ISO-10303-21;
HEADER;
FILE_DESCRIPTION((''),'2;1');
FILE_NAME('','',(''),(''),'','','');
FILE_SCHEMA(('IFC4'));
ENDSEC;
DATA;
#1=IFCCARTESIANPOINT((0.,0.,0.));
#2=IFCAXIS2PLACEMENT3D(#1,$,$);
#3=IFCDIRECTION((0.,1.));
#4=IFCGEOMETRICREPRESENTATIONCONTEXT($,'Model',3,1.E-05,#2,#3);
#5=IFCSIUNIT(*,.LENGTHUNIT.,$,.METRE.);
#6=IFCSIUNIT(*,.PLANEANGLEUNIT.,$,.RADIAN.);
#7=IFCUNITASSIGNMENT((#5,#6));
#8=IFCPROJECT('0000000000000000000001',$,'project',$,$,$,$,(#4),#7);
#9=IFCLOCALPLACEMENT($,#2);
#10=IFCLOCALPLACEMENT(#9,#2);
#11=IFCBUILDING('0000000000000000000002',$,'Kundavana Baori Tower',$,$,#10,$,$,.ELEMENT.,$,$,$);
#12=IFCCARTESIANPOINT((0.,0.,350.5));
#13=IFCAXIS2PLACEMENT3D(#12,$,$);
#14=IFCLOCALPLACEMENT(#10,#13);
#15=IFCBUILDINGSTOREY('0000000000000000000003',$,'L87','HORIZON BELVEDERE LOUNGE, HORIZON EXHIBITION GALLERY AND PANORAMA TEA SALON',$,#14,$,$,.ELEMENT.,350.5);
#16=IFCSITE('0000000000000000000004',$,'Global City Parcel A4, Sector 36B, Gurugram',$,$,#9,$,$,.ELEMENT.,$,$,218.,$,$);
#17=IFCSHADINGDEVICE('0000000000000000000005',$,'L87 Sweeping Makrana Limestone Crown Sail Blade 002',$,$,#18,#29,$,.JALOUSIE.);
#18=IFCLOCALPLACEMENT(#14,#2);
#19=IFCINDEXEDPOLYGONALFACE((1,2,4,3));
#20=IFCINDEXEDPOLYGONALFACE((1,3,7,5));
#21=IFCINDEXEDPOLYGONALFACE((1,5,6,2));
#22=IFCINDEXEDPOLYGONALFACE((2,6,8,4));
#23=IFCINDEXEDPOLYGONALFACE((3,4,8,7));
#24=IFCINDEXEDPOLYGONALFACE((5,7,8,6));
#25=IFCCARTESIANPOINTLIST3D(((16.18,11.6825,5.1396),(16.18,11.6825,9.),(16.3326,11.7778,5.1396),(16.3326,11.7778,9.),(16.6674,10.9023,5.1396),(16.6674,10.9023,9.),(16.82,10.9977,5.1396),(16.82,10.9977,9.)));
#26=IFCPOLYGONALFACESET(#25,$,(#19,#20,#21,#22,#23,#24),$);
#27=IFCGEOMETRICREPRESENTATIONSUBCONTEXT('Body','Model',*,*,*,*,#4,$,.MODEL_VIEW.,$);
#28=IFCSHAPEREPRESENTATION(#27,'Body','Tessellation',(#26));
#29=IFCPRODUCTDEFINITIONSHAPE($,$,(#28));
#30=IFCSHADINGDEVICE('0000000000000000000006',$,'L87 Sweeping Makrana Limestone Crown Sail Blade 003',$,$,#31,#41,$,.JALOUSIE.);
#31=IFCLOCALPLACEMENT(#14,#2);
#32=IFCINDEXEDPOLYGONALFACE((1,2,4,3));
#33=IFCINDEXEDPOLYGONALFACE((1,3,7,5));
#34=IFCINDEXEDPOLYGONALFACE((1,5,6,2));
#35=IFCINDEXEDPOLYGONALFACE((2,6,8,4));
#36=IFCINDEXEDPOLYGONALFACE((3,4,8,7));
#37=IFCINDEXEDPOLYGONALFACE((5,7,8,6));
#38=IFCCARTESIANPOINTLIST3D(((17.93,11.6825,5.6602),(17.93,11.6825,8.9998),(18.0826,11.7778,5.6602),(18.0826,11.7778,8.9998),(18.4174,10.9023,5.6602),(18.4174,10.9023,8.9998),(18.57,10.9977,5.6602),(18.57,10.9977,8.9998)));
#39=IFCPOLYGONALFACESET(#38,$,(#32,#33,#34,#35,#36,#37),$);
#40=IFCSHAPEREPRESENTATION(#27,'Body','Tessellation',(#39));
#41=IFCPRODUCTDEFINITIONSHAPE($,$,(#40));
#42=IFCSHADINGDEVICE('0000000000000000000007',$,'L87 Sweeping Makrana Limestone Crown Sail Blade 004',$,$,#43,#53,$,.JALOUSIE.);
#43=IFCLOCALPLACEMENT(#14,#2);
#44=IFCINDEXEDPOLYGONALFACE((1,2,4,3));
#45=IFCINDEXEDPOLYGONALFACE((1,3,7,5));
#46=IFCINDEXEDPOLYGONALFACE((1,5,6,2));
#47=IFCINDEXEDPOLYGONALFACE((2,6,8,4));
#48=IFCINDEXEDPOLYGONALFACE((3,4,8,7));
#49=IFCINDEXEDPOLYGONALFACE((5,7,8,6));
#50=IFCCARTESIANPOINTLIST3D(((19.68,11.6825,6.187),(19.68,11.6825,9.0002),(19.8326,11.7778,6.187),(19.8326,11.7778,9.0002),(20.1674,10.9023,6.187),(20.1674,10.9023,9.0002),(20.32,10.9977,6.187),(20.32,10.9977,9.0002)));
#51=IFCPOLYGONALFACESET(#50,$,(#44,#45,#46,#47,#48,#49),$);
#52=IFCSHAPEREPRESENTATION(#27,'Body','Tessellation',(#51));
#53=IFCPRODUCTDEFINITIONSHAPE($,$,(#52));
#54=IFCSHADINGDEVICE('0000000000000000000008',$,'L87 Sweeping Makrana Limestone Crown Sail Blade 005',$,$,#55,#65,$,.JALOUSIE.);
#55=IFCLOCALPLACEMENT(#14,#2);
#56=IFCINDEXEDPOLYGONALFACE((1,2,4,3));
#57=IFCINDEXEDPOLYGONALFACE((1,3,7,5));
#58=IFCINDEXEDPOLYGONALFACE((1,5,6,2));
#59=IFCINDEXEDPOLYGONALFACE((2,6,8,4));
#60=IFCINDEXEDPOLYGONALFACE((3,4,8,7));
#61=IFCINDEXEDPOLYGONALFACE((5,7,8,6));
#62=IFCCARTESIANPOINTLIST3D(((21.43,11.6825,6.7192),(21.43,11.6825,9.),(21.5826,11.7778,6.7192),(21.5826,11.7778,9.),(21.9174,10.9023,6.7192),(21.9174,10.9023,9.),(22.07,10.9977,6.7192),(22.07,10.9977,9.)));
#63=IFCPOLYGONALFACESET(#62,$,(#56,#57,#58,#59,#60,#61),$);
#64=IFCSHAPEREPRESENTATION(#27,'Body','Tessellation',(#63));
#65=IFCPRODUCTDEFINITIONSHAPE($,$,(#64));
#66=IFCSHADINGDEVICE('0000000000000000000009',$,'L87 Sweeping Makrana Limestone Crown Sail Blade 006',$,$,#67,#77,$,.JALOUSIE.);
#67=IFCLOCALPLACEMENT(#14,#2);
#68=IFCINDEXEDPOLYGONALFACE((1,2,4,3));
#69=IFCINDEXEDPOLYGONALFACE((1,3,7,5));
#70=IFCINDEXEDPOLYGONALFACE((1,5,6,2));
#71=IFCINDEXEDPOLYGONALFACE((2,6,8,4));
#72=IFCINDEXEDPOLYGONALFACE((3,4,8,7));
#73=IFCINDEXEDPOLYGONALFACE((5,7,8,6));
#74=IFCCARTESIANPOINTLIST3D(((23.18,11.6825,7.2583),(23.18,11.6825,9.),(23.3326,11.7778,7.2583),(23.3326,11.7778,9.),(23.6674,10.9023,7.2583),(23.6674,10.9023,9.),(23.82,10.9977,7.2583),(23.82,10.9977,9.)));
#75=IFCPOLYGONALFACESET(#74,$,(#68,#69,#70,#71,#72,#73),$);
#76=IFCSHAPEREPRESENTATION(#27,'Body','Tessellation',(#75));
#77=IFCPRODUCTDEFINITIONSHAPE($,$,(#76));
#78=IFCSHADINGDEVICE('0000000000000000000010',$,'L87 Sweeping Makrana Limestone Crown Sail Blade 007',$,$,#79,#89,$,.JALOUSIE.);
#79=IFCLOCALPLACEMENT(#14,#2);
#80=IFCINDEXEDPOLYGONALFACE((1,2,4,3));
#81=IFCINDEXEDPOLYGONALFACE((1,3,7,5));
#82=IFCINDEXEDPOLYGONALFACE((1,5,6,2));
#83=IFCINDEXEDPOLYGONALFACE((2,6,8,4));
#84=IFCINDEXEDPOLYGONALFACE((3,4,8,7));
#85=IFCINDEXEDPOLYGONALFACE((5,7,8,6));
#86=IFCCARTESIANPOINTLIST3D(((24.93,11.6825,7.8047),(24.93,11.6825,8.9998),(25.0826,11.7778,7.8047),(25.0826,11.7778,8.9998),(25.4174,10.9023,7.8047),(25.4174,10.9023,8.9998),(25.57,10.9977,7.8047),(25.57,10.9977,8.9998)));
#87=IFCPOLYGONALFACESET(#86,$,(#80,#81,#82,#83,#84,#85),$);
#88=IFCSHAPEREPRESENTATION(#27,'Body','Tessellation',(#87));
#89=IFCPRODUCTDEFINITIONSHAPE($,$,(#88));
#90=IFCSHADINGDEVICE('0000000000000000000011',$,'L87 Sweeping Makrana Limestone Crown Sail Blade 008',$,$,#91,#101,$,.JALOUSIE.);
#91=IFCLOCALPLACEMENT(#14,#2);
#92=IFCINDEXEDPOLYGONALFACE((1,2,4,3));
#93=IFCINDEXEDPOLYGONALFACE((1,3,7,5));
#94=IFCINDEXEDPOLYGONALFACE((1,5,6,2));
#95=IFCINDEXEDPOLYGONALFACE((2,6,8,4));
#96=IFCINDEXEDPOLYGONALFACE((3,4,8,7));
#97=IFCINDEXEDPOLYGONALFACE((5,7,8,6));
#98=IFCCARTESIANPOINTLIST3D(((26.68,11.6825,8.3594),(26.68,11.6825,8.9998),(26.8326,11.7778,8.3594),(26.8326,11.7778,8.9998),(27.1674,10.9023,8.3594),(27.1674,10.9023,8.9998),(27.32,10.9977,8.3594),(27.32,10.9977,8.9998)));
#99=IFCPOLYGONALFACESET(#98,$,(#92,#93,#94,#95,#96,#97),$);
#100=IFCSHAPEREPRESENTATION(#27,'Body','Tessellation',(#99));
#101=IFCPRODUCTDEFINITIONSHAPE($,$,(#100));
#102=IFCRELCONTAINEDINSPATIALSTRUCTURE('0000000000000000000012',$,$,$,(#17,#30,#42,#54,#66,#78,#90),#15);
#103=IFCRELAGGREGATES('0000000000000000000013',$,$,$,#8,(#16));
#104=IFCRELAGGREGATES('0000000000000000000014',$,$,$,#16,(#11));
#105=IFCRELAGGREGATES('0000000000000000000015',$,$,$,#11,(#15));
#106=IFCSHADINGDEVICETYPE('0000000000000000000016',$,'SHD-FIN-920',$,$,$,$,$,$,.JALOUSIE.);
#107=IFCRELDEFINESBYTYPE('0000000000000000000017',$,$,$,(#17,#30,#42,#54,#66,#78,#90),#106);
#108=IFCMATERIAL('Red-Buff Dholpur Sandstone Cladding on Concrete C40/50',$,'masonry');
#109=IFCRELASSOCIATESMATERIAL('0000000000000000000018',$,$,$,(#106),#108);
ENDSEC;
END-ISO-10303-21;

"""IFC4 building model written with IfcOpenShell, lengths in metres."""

from ifc_helpers import new_model, si_unit, direction, frame, origin, origin_2d, place, context, subcontext, project, spatial, rectangle, extrude, material, type_object, element, save


model = new_model("IFC4")

# Units and contexts
model_context = context("Model", 3, precision=1e-05, world=origin(), true_north=direction((0.0, 1.0)))
body_context = subcontext(model_context, "Body", "Model", "MODEL_VIEW")
ifc_project = project(units=[si_unit("LENGTHUNIT", "METRE"), si_unit("PLANEANGLEUNIT", "RADIAN")], contexts=[model_context])

# Site, building, storey
site_placement = place(None, origin())
site = spatial("IfcSite", under=ifc_project, at=site_placement, Name="Global City Parcel A4, Sector 36B, Gurugram", CompositionType="ELEMENT", RefElevation=218.0)
building_placement = place(site_placement, origin())
building = spatial("IfcBuilding", under=site, at=building_placement, Name="Kundavana Baori Tower", CompositionType="ELEMENT")
storey_placement = place(building_placement, frame((0.0, 0.0, 350.5)))
storey = spatial("IfcBuildingStorey", under=building, at=storey_placement, Name="L87", Description="HORIZON BELVEDERE LOUNGE, HORIZON EXHIBITION GALLERY AND PANORAMA TEA SALON", CompositionType="ELEMENT", Elevation=350.5)

# Shading devices
ifc_material_1 = material(Name="Red-Buff Dholpur Sandstone Cladding on Concrete C40/50", Category="masonry")
shading_device_type = type_object("IfcShadingDeviceType", Name="SHD-FIN-920", PredefinedType="JALOUSIE", material=ifc_material_1)
shading_device_1_placement = place(storey_placement, frame((16.5, 11.3401, 5.1396), z_axis=(0.0, 0.0, 1.0), x_axis=(0.848048, 0.529919, 0.0)))
element("IfcShadingDevice", 1, at=shading_device_1_placement, inside=storey, type_object=shading_device_type, Name="L87 Sweeping Makrana Limestone Crown Sail Blade 002", PredefinedType="JALOUSIE", context=body_context, shape_type="SweptSolid", body=[
    extrude(rectangle(XDim=0.1799, YDim=0.9199, at=origin_2d()), origin(), (0.0, 0.0, 1.0), 3.8604),
])
shading_device_2_placement = place(storey_placement, frame((18.25, 11.3401, 5.6602), z_axis=(0.0, 0.0, 1.0), x_axis=(0.848048, 0.529919, 0.0)))
element("IfcShadingDevice", 2, at=shading_device_2_placement, inside=storey, type_object=shading_device_type, Name="L87 Sweeping Makrana Limestone Crown Sail Blade 003", PredefinedType="JALOUSIE", context=body_context, shape_type="SweptSolid", body=[
    extrude(rectangle(XDim=0.1799, YDim=0.9199, at=origin_2d()), origin(), (0.0, 0.0, 1.0), 3.3396),
])
shading_device_3_placement = place(storey_placement, frame((20.0, 11.3401, 6.187), z_axis=(0.0, 0.0, 1.0), x_axis=(0.848048, 0.529919, 0.0)))
element("IfcShadingDevice", 3, at=shading_device_3_placement, inside=storey, type_object=shading_device_type, Name="L87 Sweeping Makrana Limestone Crown Sail Blade 004", PredefinedType="JALOUSIE", context=body_context, shape_type="SweptSolid", body=[
    extrude(rectangle(XDim=0.1799, YDim=0.9199, at=origin_2d()), origin(), (0.0, 0.0, 1.0), 2.8132),
])
shading_device_4_placement = place(storey_placement, frame((21.75, 11.3401, 6.7192), z_axis=(0.0, 0.0, 1.0), x_axis=(0.848048, 0.529919, 0.0)))
element("IfcShadingDevice", 4, at=shading_device_4_placement, inside=storey, type_object=shading_device_type, Name="L87 Sweeping Makrana Limestone Crown Sail Blade 005", PredefinedType="JALOUSIE", context=body_context, shape_type="SweptSolid", body=[
    extrude(rectangle(XDim=0.1799, YDim=0.9199, at=origin_2d()), origin(), (0.0, 0.0, 1.0), 2.2808),
])
shading_device_5_placement = place(storey_placement, frame((23.5, 11.3401, 7.2583), z_axis=(0.0, 0.0, 1.0), x_axis=(0.848048, 0.529919, 0.0)))
element("IfcShadingDevice", 5, at=shading_device_5_placement, inside=storey, type_object=shading_device_type, Name="L87 Sweeping Makrana Limestone Crown Sail Blade 006", PredefinedType="JALOUSIE", context=body_context, shape_type="SweptSolid", body=[
    extrude(rectangle(XDim=0.1799, YDim=0.9199, at=origin_2d()), origin(), (0.0, 0.0, 1.0), 1.7417),
])
shading_device_6_placement = place(storey_placement, frame((25.25, 11.3401, 7.8047), z_axis=(0.0, 0.0, 1.0), x_axis=(0.848048, 0.529919, 0.0)))
element("IfcShadingDevice", 6, at=shading_device_6_placement, inside=storey, type_object=shading_device_type, Name="L87 Sweeping Makrana Limestone Crown Sail Blade 007", PredefinedType="JALOUSIE", context=body_context, shape_type="SweptSolid", body=[
    extrude(rectangle(XDim=0.1799, YDim=0.9199, at=origin_2d()), origin(), (0.0, 0.0, 1.0), 1.1951),
])
shading_device_7_placement = place(storey_placement, frame((27.0, 11.3401, 8.3594), z_axis=(0.0, 0.0, 1.0), x_axis=(0.848048, 0.529919, 0.0)))
element("IfcShadingDevice", 7, at=shading_device_7_placement, inside=storey, type_object=shading_device_type, Name="L87 Sweeping Makrana Limestone Crown Sail Blade 008", PredefinedType="JALOUSIE", context=body_context, shape_type="SweptSolid", body=[
    extrude(rectangle(XDim=0.1799, YDim=0.9199, at=origin_2d()), origin(), (0.0, 0.0, 1.0), 0.6404),
])

save(model, "model.ifc")
